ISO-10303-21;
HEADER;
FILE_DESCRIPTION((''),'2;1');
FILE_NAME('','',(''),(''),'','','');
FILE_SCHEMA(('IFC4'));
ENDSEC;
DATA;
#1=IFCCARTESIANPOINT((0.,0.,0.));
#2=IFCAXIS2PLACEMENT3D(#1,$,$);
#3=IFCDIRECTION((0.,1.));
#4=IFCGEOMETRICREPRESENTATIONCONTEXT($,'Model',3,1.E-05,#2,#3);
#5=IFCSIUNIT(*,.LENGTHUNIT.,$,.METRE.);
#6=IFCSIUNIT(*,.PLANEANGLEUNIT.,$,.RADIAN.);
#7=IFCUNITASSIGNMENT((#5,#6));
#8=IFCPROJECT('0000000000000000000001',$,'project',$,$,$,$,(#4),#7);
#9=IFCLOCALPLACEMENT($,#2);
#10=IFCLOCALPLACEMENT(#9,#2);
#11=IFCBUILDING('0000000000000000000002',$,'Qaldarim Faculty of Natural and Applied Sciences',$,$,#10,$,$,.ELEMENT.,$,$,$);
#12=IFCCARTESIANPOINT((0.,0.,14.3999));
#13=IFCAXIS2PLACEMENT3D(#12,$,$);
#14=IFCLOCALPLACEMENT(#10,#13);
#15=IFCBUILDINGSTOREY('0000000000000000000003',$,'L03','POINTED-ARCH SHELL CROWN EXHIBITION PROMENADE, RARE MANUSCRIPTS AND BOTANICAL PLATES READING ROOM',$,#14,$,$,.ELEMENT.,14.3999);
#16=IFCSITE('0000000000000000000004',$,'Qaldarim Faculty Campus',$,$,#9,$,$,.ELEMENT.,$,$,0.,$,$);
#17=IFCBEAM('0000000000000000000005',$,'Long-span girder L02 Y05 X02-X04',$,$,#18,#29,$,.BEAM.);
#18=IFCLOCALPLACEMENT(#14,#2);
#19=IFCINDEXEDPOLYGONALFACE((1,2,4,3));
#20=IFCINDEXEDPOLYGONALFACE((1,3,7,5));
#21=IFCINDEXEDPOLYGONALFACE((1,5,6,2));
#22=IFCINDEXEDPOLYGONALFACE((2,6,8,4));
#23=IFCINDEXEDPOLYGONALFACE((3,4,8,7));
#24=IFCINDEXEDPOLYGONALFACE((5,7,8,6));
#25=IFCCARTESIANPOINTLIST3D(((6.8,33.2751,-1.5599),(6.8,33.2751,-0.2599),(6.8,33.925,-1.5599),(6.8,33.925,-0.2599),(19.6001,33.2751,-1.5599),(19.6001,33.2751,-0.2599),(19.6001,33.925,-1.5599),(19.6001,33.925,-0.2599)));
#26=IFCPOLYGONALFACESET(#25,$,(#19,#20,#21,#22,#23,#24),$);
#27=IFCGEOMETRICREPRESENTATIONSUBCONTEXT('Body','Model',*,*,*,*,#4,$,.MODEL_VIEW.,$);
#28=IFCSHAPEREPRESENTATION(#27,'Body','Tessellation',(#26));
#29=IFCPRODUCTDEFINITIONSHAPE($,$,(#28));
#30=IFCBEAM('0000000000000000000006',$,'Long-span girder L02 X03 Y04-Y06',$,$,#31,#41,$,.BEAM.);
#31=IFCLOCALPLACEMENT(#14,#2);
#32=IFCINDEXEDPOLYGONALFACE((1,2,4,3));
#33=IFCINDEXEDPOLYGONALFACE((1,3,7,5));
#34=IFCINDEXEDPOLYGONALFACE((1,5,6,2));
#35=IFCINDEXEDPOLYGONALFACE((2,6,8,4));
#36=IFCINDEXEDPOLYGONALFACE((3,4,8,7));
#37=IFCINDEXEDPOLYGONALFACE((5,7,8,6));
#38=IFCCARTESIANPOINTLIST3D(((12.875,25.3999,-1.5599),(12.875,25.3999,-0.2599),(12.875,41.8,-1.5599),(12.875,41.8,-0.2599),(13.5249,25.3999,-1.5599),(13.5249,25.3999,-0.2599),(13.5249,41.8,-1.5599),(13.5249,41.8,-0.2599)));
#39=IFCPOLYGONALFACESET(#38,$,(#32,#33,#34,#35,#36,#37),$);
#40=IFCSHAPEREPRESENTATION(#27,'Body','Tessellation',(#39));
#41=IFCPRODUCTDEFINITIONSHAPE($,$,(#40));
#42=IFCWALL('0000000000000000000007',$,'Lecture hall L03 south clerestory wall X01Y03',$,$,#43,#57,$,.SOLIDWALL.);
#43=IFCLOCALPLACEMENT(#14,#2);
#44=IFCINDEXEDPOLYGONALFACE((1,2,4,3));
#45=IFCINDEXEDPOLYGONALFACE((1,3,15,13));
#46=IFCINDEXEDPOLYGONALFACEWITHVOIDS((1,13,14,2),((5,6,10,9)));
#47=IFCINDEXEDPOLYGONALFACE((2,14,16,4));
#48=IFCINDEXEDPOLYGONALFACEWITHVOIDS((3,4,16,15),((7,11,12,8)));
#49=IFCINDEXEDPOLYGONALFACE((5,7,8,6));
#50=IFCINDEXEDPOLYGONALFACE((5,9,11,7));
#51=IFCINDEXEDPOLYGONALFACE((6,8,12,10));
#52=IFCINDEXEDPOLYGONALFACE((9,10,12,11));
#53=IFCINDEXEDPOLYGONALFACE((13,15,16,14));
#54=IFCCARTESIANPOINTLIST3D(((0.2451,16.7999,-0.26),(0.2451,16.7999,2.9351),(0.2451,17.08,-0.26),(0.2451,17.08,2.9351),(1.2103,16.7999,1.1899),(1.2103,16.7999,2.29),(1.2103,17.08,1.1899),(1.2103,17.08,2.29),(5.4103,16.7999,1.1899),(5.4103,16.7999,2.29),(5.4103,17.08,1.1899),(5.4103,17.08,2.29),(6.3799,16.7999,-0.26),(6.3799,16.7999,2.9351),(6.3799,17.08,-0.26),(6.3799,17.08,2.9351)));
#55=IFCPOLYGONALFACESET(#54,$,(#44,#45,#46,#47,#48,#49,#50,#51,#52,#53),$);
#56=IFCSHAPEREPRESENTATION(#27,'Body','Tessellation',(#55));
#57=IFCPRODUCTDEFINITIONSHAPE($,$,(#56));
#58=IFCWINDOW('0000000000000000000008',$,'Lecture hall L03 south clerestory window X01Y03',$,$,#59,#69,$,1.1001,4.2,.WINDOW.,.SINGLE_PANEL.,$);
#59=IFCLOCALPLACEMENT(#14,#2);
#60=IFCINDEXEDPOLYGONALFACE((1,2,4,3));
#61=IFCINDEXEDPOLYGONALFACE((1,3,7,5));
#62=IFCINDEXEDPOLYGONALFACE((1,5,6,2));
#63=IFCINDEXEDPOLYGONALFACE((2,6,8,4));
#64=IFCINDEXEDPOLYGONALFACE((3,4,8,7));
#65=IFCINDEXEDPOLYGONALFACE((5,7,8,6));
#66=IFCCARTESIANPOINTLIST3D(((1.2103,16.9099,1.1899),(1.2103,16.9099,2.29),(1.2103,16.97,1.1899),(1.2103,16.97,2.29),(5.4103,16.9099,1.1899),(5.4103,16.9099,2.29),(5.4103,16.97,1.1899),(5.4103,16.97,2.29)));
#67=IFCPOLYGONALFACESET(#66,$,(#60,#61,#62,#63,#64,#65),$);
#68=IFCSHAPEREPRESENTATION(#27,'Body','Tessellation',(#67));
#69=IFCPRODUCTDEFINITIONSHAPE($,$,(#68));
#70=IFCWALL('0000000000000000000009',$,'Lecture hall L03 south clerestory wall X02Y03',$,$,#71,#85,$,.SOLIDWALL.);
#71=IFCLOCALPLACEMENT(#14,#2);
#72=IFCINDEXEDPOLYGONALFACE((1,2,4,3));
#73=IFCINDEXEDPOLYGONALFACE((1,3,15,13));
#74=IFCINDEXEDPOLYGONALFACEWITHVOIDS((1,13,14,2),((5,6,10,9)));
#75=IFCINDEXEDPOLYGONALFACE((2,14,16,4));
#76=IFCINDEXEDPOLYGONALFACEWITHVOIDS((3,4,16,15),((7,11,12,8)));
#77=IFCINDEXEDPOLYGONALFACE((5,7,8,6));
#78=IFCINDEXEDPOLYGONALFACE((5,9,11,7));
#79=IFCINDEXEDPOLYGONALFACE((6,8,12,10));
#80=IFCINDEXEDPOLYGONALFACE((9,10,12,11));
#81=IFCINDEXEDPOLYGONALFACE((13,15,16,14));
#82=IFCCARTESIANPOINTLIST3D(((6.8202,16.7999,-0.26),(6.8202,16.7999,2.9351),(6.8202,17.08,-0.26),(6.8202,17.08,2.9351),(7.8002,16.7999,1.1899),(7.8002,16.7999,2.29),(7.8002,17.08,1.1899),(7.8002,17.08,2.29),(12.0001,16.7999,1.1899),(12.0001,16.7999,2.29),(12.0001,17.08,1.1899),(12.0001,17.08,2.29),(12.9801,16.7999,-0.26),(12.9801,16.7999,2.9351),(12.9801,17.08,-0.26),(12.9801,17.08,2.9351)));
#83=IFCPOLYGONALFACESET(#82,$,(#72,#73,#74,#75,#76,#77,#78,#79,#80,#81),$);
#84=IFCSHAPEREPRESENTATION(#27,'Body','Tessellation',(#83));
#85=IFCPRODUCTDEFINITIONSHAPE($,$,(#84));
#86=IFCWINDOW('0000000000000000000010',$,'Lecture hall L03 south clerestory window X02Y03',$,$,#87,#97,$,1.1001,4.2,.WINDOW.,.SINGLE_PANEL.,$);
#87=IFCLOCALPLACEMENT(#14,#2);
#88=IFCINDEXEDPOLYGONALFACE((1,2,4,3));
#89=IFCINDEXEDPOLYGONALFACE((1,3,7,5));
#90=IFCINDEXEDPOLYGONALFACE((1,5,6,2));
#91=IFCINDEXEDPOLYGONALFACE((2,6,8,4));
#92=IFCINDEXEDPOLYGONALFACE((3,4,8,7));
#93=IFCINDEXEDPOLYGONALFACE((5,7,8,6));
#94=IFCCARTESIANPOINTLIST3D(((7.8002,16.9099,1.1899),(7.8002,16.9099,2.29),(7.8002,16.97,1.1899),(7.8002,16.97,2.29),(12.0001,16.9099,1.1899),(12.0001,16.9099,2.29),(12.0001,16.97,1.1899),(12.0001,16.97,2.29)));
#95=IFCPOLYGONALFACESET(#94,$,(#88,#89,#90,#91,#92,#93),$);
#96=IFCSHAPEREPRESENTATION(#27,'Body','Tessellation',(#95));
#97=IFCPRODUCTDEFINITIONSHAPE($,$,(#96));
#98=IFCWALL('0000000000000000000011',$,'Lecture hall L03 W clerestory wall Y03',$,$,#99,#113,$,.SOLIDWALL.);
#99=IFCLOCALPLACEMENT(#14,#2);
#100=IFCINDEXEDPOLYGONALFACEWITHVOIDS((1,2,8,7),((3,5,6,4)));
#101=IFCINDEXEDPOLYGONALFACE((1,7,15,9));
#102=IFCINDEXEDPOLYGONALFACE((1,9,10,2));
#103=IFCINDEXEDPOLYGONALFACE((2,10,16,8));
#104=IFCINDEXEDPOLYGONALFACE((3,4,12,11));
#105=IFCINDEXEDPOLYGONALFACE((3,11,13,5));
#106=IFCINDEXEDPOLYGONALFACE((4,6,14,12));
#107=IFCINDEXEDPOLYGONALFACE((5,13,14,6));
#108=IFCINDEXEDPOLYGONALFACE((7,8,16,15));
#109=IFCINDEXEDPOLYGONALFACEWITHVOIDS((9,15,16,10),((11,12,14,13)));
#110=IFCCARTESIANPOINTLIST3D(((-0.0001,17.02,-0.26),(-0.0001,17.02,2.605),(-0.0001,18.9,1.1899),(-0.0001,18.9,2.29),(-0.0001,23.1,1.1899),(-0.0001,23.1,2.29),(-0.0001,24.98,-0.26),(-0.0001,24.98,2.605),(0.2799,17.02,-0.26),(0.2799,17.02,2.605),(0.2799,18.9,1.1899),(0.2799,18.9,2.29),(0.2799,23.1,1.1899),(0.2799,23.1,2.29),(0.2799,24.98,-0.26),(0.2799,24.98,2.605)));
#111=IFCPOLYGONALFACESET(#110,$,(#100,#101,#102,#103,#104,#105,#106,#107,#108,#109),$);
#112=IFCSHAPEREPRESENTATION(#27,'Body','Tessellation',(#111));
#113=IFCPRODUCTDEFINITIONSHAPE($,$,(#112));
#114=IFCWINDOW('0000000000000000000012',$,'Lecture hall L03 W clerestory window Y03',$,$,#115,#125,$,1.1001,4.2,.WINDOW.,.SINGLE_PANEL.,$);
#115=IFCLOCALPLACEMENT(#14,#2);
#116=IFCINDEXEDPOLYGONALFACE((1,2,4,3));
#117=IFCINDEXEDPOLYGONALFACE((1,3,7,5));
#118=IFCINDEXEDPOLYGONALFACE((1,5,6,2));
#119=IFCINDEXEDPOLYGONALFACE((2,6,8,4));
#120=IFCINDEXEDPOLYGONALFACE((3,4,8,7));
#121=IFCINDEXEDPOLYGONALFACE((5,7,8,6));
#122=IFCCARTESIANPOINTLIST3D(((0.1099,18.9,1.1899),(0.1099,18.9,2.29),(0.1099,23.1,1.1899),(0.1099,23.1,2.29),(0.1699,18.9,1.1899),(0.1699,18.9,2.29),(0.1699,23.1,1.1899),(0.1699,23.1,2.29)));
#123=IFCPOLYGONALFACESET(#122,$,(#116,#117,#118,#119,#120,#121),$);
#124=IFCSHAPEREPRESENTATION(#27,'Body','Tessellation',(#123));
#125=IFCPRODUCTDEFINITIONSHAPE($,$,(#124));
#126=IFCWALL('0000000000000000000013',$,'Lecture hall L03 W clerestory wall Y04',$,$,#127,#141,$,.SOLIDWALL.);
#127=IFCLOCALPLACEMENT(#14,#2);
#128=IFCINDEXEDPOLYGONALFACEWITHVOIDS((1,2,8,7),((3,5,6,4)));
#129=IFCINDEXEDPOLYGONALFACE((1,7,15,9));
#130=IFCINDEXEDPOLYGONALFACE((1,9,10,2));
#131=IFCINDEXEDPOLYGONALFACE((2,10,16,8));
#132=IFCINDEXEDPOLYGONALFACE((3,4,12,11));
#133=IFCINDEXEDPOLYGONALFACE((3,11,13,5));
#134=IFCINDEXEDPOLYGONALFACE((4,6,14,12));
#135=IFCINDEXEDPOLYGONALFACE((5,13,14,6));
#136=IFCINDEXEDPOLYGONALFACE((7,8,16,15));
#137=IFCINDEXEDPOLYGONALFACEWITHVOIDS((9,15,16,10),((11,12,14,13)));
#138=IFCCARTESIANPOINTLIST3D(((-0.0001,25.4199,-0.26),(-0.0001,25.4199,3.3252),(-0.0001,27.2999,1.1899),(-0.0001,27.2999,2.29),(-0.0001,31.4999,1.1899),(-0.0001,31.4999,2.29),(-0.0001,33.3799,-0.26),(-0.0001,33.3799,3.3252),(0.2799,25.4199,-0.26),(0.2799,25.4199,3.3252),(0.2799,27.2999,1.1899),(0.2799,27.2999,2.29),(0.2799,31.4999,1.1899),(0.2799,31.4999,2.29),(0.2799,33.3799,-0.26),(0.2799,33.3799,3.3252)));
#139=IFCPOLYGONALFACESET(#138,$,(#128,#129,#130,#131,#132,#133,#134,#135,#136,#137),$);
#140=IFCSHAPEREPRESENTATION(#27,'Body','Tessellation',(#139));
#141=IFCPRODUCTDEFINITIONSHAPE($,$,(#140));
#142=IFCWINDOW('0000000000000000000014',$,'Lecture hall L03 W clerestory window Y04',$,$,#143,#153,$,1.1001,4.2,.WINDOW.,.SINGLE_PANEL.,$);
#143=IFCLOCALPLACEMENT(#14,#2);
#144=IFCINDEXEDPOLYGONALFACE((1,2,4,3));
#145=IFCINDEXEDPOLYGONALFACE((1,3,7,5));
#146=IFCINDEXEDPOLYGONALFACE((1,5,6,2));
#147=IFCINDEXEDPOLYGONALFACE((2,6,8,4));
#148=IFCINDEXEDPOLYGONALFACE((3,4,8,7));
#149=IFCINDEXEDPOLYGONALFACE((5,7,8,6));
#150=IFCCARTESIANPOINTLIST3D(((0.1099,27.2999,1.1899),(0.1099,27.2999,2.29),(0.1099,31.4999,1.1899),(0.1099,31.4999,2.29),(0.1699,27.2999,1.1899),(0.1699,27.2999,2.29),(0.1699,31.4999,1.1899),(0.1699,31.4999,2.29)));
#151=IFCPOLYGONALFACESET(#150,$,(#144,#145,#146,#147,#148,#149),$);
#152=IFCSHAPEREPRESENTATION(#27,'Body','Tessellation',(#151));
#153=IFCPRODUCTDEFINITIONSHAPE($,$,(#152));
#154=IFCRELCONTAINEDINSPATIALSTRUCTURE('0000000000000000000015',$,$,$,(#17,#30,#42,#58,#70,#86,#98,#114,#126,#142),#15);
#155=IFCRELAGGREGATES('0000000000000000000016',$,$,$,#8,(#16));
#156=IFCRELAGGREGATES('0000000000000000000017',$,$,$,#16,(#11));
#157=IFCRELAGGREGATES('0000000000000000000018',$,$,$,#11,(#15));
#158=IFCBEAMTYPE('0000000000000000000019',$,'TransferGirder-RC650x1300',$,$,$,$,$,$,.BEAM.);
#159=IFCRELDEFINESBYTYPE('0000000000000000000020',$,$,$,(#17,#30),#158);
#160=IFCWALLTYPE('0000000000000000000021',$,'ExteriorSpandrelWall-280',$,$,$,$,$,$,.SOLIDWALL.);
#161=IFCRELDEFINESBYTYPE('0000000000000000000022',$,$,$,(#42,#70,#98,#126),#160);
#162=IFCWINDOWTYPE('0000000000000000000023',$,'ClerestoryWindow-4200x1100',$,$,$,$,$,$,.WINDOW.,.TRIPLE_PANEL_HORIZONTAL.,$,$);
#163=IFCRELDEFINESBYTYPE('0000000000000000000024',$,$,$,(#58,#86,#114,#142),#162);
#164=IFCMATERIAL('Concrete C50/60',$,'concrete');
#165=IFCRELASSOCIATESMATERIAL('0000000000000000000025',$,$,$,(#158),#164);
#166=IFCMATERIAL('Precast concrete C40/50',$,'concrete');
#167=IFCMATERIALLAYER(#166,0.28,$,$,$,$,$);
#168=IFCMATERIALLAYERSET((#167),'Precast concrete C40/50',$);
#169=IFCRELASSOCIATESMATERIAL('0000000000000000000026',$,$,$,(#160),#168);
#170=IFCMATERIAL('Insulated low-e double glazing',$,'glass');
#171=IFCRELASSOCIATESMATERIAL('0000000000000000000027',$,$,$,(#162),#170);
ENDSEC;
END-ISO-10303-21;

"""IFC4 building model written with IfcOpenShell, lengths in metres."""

from ifc_helpers import new_model, si_unit, direction, frame, frame_2d, origin, origin_2d, place, context, subcontext, project, spatial, rectangle, extrude, material, layer, layer_set, material_profile, profile_set, type_object, element, fill, save


model = new_model("IFC4")

# Units and contexts
model_context = context("Model", 3, precision=1e-05, world=origin(), true_north=direction((0.0, 1.0)))
body_context = subcontext(model_context, "Body", "Model", "MODEL_VIEW")
ifc_project = project(units=[si_unit("LENGTHUNIT", "METRE"), si_unit("PLANEANGLEUNIT", "RADIAN")], contexts=[model_context])

# Site, building, storey
site_placement = place(None, origin())
site = spatial("IfcSite", under=ifc_project, at=site_placement, Name="Qaldarim Faculty Campus", CompositionType="ELEMENT", RefElevation=0.0)
building_placement = place(site_placement, origin())
building = spatial("IfcBuilding", under=site, at=building_placement, Name="Qaldarim Faculty of Natural and Applied Sciences", CompositionType="ELEMENT")
storey_placement = place(building_placement, frame((0.0, 0.0, 14.3999)))
storey = spatial("IfcBuildingStorey", under=building, at=storey_placement, Name="L03", Description="POINTED-ARCH SHELL CROWN EXHIBITION PROMENADE, RARE MANUSCRIPTS AND BOTANICAL PLATES READING ROOM", CompositionType="ELEMENT", Elevation=14.3999)

# Beams
ifc_material_1 = material(Name="Precast concrete C40/50", Category="concrete")
ifc_material_2 = material(Name="Concrete C50/60", Category="concrete")
ifc_material_profile_1 = material_profile(ifc_material_2, rectangle(XDim=0.6499, YDim=1.3, at=origin_2d()), Name="RC-TG650x1300")
ifc_profile_set_1 = profile_set([ifc_material_profile_1], Name="Concrete C50/60")
beam_type_1 = type_object("IfcBeamType", Name="TransferGirder-RC650x1300", PredefinedType="BEAM", material=ifc_profile_set_1)
beam_1_placement = place(storey_placement, frame((6.8, 33.6001, -0.9099), z_axis=(1.0, 0.0, 0.0), x_axis=(0.0, 1.0, 0.0)))
element("IfcBeam", 1, at=beam_1_placement, inside=storey, type_object=beam_type_1, Name="Long-span girder L02 Y05 X02-X04", PredefinedType="BEAM", context=body_context, shape_type="SweptSolid", body=[
    extrude(rectangle(XDim=0.6499, YDim=1.3, at=origin_2d()), origin(), (0.0, 0.0, 1.0), 12.8),
])
beam_2_placement = place(storey_placement, frame((13.2, 25.3999, -0.9099), z_axis=(0.0, 1.0, 0.0), x_axis=(-1.0, 0.0, 0.0)))
element("IfcBeam", 2, at=beam_2_placement, inside=storey, type_object=beam_type_1, Name="Long-span girder L02 X03 Y04-Y06", PredefinedType="BEAM", context=body_context, shape_type="SweptSolid", body=[
    extrude(rectangle(XDim=0.6499, YDim=1.3, at=origin_2d()), origin(), (0.0, 0.0, 1.0), 16.4001),
])

# Walls, openings, windows
ifc_layer = layer(ifc_material_1, 0.28)
ifc_layer_set = layer_set([ifc_layer], Name="Precast concrete C40/50")
wall_type = type_object("IfcWallType", Name="ExteriorSpandrelWall-280", PredefinedType="SOLIDWALL", material=ifc_layer_set)
wall_1_placement = place(storey_placement, frame((0.2451, 16.9399, -0.26), z_axis=(0.0, 0.0, 1.0), x_axis=(1.0, 0.0, 0.0)))
wall_1 = element("IfcWall", 3, at=wall_1_placement, inside=storey, type_object=wall_type, Name="Lecture hall L03 south clerestory wall X01Y03", PredefinedType="SOLIDWALL", context=body_context, shape_type="SweptSolid", body=[
    extrude(rectangle(XDim=6.1348, YDim=0.28, at=frame_2d((3.0674, 0.0))), origin(), (0.0, 0.0, 1.0), 3.1951),
])
opening_1_placement = place(wall_1_placement, frame((0.9651, 0.0, 1.45)))
opening_1 = element("IfcOpeningElement", 4, at=opening_1_placement, cuts=wall_1, PredefinedType="OPENING", context=body_context, shape_type="SweptSolid", body=[
    extrude(rectangle(XDim=4.2, YDim=1.1001, at=frame_2d((2.1001, 0.55))), frame((0.0, 0.1499, 0.0), z_axis=(0.0, -1.0, 0.0), x_axis=(1.0, 0.0, 0.0)), (0.0, 0.0, 1.0), 0.3),
])
ifc_material_3 = material(Name="Insulated low-e double glazing", Category="glass")
window_type = type_object("IfcWindowType", Name="ClerestoryWindow-4200x1100", PartitioningType="TRIPLE_PANEL_HORIZONTAL", PredefinedType="WINDOW", material=ifc_material_3)
window_1_placement = place(opening_1_placement, origin())
window_1 = element("IfcWindow", 5, at=window_1_placement, inside=storey, type_object=window_type, Name="Lecture hall L03 south clerestory window X01Y03", OverallHeight=1.1001, OverallWidth=4.2, PartitioningType="SINGLE_PANEL", PredefinedType="WINDOW", context=body_context, shape_type="SweptSolid", body=[
    extrude(rectangle(XDim=4.2, YDim=1.1001, at=frame_2d((2.1001, 0.55))), frame((0.0, 0.03, 0.0), z_axis=(0.0, -1.0, 0.0), x_axis=(1.0, 0.0, 0.0)), (0.0, 0.0, 1.0), 0.0601),
])
fill(opening_1, window_1)
wall_2_placement = place(storey_placement, frame((6.8201, 16.9399, -0.26), z_axis=(0.0, 0.0, 1.0), x_axis=(1.0, 0.0, 0.0)))
wall_2 = element("IfcWall", 6, at=wall_2_placement, inside=storey, type_object=wall_type, Name="Lecture hall L03 south clerestory wall X02Y03", PredefinedType="SOLIDWALL", context=body_context, shape_type="SweptSolid", body=[
    extrude(rectangle(XDim=6.1599, YDim=0.28, at=frame_2d((3.0801, 0.0))), origin(), (0.0, 0.0, 1.0), 3.1951),
])
opening_2_placement = place(wall_2_placement, frame((0.98, 0.0, 1.45)))
opening_2 = element("IfcOpeningElement", 7, at=opening_2_placement, cuts=wall_2, PredefinedType="OPENING", context=body_context, shape_type="SweptSolid", body=[
    extrude(rectangle(XDim=4.2, YDim=1.1001, at=frame_2d((2.1001, 0.55))), frame((0.0, 0.1499, 0.0), z_axis=(0.0, -1.0, 0.0), x_axis=(1.0, 0.0, 0.0)), (0.0, 0.0, 1.0), 0.3),
])
window_2_placement = place(opening_2_placement, origin())
window_2 = element("IfcWindow", 8, at=window_2_placement, inside=storey, type_object=window_type, Name="Lecture hall L03 south clerestory window X02Y03", OverallHeight=1.1001, OverallWidth=4.2, PartitioningType="SINGLE_PANEL", PredefinedType="WINDOW", context=body_context, shape_type="SweptSolid", body=[
    extrude(rectangle(XDim=4.2, YDim=1.1001, at=frame_2d((2.1001, 0.55))), frame((0.0, 0.03, 0.0), z_axis=(0.0, -1.0, 0.0), x_axis=(1.0, 0.0, 0.0)), (0.0, 0.0, 1.0), 0.0601),
])
fill(opening_2, window_2)
wall_3_placement = place(storey_placement, frame((0.1399, 24.98, -0.26), z_axis=(0.0, 0.0, 1.0), x_axis=(0.0, -1.0, 0.0)))
wall_3 = element("IfcWall", 9, at=wall_3_placement, inside=storey, type_object=wall_type, Name="Lecture hall L03 W clerestory wall Y03", PredefinedType="SOLIDWALL", context=body_context, shape_type="SweptSolid", body=[
    extrude(rectangle(XDim=7.96, YDim=0.28, at=frame_2d((3.98, 0.0))), origin(), (0.0, 0.0, 1.0), 2.865),
])
opening_3_placement = place(wall_3_placement, frame((1.8799, 0.0, 1.45)))
opening_3 = element("IfcOpeningElement", 10, at=opening_3_placement, cuts=wall_3, PredefinedType="OPENING", context=body_context, shape_type="SweptSolid", body=[
    extrude(rectangle(XDim=4.2, YDim=1.1001, at=frame_2d((2.1001, 0.55))), frame((0.0, 0.1499, 0.0), z_axis=(0.0, -1.0, 0.0), x_axis=(1.0, 0.0, 0.0)), (0.0, 0.0, 1.0), 0.3),
])
window_3_placement = place(opening_3_placement, origin())
window_3 = element("IfcWindow", 11, at=window_3_placement, inside=storey, type_object=window_type, Name="Lecture hall L03 W clerestory window Y03", OverallHeight=1.1001, OverallWidth=4.2, PartitioningType="SINGLE_PANEL", PredefinedType="WINDOW", context=body_context, shape_type="SweptSolid", body=[
    extrude(rectangle(XDim=4.2, YDim=1.1001, at=frame_2d((2.1001, 0.55))), frame((0.0, 0.03, 0.0), z_axis=(0.0, -1.0, 0.0), x_axis=(1.0, 0.0, 0.0)), (0.0, 0.0, 1.0), 0.0601),
])
fill(opening_3, window_3)
wall_4_placement = place(storey_placement, frame((0.1399, 33.3799, -0.26), z_axis=(0.0, 0.0, 1.0), x_axis=(0.0, -1.0, 0.0)))
wall_4 = element("IfcWall", 12, at=wall_4_placement, inside=storey, type_object=wall_type, Name="Lecture hall L03 W clerestory wall Y04", PredefinedType="SOLIDWALL", context=body_context, shape_type="SweptSolid", body=[
    extrude(rectangle(XDim=7.96, YDim=0.28, at=frame_2d((3.98, 0.0))), origin(), (0.0, 0.0, 1.0), 3.5852),
])
opening_4_placement = place(wall_4_placement, frame((1.8799, 0.0, 1.45)))
opening_4 = element("IfcOpeningElement", 13, at=opening_4_placement, cuts=wall_4, PredefinedType="OPENING", context=body_context, shape_type="SweptSolid", body=[
    extrude(rectangle(XDim=4.2, YDim=1.1001, at=frame_2d((2.1001, 0.55))), frame((0.0, 0.1499, 0.0), z_axis=(0.0, -1.0, 0.0), x_axis=(1.0, 0.0, 0.0)), (0.0, 0.0, 1.0), 0.3),
])
window_4_placement = place(opening_4_placement, origin())
window_4 = element("IfcWindow", 14, at=window_4_placement, inside=storey, type_object=window_type, Name="Lecture hall L03 W clerestory window Y04", OverallHeight=1.1001, OverallWidth=4.2, PartitioningType="SINGLE_PANEL", PredefinedType="WINDOW", context=body_context, shape_type="SweptSolid", body=[
    extrude(rectangle(XDim=4.2, YDim=1.1001, at=frame_2d((2.1001, 0.55))), frame((0.0, 0.03, 0.0), z_axis=(0.0, -1.0, 0.0), x_axis=(1.0, 0.0, 0.0)), (0.0, 0.0, 1.0), 0.0601),
])
fill(opening_4, window_4)

save(model, "model.ifc")
